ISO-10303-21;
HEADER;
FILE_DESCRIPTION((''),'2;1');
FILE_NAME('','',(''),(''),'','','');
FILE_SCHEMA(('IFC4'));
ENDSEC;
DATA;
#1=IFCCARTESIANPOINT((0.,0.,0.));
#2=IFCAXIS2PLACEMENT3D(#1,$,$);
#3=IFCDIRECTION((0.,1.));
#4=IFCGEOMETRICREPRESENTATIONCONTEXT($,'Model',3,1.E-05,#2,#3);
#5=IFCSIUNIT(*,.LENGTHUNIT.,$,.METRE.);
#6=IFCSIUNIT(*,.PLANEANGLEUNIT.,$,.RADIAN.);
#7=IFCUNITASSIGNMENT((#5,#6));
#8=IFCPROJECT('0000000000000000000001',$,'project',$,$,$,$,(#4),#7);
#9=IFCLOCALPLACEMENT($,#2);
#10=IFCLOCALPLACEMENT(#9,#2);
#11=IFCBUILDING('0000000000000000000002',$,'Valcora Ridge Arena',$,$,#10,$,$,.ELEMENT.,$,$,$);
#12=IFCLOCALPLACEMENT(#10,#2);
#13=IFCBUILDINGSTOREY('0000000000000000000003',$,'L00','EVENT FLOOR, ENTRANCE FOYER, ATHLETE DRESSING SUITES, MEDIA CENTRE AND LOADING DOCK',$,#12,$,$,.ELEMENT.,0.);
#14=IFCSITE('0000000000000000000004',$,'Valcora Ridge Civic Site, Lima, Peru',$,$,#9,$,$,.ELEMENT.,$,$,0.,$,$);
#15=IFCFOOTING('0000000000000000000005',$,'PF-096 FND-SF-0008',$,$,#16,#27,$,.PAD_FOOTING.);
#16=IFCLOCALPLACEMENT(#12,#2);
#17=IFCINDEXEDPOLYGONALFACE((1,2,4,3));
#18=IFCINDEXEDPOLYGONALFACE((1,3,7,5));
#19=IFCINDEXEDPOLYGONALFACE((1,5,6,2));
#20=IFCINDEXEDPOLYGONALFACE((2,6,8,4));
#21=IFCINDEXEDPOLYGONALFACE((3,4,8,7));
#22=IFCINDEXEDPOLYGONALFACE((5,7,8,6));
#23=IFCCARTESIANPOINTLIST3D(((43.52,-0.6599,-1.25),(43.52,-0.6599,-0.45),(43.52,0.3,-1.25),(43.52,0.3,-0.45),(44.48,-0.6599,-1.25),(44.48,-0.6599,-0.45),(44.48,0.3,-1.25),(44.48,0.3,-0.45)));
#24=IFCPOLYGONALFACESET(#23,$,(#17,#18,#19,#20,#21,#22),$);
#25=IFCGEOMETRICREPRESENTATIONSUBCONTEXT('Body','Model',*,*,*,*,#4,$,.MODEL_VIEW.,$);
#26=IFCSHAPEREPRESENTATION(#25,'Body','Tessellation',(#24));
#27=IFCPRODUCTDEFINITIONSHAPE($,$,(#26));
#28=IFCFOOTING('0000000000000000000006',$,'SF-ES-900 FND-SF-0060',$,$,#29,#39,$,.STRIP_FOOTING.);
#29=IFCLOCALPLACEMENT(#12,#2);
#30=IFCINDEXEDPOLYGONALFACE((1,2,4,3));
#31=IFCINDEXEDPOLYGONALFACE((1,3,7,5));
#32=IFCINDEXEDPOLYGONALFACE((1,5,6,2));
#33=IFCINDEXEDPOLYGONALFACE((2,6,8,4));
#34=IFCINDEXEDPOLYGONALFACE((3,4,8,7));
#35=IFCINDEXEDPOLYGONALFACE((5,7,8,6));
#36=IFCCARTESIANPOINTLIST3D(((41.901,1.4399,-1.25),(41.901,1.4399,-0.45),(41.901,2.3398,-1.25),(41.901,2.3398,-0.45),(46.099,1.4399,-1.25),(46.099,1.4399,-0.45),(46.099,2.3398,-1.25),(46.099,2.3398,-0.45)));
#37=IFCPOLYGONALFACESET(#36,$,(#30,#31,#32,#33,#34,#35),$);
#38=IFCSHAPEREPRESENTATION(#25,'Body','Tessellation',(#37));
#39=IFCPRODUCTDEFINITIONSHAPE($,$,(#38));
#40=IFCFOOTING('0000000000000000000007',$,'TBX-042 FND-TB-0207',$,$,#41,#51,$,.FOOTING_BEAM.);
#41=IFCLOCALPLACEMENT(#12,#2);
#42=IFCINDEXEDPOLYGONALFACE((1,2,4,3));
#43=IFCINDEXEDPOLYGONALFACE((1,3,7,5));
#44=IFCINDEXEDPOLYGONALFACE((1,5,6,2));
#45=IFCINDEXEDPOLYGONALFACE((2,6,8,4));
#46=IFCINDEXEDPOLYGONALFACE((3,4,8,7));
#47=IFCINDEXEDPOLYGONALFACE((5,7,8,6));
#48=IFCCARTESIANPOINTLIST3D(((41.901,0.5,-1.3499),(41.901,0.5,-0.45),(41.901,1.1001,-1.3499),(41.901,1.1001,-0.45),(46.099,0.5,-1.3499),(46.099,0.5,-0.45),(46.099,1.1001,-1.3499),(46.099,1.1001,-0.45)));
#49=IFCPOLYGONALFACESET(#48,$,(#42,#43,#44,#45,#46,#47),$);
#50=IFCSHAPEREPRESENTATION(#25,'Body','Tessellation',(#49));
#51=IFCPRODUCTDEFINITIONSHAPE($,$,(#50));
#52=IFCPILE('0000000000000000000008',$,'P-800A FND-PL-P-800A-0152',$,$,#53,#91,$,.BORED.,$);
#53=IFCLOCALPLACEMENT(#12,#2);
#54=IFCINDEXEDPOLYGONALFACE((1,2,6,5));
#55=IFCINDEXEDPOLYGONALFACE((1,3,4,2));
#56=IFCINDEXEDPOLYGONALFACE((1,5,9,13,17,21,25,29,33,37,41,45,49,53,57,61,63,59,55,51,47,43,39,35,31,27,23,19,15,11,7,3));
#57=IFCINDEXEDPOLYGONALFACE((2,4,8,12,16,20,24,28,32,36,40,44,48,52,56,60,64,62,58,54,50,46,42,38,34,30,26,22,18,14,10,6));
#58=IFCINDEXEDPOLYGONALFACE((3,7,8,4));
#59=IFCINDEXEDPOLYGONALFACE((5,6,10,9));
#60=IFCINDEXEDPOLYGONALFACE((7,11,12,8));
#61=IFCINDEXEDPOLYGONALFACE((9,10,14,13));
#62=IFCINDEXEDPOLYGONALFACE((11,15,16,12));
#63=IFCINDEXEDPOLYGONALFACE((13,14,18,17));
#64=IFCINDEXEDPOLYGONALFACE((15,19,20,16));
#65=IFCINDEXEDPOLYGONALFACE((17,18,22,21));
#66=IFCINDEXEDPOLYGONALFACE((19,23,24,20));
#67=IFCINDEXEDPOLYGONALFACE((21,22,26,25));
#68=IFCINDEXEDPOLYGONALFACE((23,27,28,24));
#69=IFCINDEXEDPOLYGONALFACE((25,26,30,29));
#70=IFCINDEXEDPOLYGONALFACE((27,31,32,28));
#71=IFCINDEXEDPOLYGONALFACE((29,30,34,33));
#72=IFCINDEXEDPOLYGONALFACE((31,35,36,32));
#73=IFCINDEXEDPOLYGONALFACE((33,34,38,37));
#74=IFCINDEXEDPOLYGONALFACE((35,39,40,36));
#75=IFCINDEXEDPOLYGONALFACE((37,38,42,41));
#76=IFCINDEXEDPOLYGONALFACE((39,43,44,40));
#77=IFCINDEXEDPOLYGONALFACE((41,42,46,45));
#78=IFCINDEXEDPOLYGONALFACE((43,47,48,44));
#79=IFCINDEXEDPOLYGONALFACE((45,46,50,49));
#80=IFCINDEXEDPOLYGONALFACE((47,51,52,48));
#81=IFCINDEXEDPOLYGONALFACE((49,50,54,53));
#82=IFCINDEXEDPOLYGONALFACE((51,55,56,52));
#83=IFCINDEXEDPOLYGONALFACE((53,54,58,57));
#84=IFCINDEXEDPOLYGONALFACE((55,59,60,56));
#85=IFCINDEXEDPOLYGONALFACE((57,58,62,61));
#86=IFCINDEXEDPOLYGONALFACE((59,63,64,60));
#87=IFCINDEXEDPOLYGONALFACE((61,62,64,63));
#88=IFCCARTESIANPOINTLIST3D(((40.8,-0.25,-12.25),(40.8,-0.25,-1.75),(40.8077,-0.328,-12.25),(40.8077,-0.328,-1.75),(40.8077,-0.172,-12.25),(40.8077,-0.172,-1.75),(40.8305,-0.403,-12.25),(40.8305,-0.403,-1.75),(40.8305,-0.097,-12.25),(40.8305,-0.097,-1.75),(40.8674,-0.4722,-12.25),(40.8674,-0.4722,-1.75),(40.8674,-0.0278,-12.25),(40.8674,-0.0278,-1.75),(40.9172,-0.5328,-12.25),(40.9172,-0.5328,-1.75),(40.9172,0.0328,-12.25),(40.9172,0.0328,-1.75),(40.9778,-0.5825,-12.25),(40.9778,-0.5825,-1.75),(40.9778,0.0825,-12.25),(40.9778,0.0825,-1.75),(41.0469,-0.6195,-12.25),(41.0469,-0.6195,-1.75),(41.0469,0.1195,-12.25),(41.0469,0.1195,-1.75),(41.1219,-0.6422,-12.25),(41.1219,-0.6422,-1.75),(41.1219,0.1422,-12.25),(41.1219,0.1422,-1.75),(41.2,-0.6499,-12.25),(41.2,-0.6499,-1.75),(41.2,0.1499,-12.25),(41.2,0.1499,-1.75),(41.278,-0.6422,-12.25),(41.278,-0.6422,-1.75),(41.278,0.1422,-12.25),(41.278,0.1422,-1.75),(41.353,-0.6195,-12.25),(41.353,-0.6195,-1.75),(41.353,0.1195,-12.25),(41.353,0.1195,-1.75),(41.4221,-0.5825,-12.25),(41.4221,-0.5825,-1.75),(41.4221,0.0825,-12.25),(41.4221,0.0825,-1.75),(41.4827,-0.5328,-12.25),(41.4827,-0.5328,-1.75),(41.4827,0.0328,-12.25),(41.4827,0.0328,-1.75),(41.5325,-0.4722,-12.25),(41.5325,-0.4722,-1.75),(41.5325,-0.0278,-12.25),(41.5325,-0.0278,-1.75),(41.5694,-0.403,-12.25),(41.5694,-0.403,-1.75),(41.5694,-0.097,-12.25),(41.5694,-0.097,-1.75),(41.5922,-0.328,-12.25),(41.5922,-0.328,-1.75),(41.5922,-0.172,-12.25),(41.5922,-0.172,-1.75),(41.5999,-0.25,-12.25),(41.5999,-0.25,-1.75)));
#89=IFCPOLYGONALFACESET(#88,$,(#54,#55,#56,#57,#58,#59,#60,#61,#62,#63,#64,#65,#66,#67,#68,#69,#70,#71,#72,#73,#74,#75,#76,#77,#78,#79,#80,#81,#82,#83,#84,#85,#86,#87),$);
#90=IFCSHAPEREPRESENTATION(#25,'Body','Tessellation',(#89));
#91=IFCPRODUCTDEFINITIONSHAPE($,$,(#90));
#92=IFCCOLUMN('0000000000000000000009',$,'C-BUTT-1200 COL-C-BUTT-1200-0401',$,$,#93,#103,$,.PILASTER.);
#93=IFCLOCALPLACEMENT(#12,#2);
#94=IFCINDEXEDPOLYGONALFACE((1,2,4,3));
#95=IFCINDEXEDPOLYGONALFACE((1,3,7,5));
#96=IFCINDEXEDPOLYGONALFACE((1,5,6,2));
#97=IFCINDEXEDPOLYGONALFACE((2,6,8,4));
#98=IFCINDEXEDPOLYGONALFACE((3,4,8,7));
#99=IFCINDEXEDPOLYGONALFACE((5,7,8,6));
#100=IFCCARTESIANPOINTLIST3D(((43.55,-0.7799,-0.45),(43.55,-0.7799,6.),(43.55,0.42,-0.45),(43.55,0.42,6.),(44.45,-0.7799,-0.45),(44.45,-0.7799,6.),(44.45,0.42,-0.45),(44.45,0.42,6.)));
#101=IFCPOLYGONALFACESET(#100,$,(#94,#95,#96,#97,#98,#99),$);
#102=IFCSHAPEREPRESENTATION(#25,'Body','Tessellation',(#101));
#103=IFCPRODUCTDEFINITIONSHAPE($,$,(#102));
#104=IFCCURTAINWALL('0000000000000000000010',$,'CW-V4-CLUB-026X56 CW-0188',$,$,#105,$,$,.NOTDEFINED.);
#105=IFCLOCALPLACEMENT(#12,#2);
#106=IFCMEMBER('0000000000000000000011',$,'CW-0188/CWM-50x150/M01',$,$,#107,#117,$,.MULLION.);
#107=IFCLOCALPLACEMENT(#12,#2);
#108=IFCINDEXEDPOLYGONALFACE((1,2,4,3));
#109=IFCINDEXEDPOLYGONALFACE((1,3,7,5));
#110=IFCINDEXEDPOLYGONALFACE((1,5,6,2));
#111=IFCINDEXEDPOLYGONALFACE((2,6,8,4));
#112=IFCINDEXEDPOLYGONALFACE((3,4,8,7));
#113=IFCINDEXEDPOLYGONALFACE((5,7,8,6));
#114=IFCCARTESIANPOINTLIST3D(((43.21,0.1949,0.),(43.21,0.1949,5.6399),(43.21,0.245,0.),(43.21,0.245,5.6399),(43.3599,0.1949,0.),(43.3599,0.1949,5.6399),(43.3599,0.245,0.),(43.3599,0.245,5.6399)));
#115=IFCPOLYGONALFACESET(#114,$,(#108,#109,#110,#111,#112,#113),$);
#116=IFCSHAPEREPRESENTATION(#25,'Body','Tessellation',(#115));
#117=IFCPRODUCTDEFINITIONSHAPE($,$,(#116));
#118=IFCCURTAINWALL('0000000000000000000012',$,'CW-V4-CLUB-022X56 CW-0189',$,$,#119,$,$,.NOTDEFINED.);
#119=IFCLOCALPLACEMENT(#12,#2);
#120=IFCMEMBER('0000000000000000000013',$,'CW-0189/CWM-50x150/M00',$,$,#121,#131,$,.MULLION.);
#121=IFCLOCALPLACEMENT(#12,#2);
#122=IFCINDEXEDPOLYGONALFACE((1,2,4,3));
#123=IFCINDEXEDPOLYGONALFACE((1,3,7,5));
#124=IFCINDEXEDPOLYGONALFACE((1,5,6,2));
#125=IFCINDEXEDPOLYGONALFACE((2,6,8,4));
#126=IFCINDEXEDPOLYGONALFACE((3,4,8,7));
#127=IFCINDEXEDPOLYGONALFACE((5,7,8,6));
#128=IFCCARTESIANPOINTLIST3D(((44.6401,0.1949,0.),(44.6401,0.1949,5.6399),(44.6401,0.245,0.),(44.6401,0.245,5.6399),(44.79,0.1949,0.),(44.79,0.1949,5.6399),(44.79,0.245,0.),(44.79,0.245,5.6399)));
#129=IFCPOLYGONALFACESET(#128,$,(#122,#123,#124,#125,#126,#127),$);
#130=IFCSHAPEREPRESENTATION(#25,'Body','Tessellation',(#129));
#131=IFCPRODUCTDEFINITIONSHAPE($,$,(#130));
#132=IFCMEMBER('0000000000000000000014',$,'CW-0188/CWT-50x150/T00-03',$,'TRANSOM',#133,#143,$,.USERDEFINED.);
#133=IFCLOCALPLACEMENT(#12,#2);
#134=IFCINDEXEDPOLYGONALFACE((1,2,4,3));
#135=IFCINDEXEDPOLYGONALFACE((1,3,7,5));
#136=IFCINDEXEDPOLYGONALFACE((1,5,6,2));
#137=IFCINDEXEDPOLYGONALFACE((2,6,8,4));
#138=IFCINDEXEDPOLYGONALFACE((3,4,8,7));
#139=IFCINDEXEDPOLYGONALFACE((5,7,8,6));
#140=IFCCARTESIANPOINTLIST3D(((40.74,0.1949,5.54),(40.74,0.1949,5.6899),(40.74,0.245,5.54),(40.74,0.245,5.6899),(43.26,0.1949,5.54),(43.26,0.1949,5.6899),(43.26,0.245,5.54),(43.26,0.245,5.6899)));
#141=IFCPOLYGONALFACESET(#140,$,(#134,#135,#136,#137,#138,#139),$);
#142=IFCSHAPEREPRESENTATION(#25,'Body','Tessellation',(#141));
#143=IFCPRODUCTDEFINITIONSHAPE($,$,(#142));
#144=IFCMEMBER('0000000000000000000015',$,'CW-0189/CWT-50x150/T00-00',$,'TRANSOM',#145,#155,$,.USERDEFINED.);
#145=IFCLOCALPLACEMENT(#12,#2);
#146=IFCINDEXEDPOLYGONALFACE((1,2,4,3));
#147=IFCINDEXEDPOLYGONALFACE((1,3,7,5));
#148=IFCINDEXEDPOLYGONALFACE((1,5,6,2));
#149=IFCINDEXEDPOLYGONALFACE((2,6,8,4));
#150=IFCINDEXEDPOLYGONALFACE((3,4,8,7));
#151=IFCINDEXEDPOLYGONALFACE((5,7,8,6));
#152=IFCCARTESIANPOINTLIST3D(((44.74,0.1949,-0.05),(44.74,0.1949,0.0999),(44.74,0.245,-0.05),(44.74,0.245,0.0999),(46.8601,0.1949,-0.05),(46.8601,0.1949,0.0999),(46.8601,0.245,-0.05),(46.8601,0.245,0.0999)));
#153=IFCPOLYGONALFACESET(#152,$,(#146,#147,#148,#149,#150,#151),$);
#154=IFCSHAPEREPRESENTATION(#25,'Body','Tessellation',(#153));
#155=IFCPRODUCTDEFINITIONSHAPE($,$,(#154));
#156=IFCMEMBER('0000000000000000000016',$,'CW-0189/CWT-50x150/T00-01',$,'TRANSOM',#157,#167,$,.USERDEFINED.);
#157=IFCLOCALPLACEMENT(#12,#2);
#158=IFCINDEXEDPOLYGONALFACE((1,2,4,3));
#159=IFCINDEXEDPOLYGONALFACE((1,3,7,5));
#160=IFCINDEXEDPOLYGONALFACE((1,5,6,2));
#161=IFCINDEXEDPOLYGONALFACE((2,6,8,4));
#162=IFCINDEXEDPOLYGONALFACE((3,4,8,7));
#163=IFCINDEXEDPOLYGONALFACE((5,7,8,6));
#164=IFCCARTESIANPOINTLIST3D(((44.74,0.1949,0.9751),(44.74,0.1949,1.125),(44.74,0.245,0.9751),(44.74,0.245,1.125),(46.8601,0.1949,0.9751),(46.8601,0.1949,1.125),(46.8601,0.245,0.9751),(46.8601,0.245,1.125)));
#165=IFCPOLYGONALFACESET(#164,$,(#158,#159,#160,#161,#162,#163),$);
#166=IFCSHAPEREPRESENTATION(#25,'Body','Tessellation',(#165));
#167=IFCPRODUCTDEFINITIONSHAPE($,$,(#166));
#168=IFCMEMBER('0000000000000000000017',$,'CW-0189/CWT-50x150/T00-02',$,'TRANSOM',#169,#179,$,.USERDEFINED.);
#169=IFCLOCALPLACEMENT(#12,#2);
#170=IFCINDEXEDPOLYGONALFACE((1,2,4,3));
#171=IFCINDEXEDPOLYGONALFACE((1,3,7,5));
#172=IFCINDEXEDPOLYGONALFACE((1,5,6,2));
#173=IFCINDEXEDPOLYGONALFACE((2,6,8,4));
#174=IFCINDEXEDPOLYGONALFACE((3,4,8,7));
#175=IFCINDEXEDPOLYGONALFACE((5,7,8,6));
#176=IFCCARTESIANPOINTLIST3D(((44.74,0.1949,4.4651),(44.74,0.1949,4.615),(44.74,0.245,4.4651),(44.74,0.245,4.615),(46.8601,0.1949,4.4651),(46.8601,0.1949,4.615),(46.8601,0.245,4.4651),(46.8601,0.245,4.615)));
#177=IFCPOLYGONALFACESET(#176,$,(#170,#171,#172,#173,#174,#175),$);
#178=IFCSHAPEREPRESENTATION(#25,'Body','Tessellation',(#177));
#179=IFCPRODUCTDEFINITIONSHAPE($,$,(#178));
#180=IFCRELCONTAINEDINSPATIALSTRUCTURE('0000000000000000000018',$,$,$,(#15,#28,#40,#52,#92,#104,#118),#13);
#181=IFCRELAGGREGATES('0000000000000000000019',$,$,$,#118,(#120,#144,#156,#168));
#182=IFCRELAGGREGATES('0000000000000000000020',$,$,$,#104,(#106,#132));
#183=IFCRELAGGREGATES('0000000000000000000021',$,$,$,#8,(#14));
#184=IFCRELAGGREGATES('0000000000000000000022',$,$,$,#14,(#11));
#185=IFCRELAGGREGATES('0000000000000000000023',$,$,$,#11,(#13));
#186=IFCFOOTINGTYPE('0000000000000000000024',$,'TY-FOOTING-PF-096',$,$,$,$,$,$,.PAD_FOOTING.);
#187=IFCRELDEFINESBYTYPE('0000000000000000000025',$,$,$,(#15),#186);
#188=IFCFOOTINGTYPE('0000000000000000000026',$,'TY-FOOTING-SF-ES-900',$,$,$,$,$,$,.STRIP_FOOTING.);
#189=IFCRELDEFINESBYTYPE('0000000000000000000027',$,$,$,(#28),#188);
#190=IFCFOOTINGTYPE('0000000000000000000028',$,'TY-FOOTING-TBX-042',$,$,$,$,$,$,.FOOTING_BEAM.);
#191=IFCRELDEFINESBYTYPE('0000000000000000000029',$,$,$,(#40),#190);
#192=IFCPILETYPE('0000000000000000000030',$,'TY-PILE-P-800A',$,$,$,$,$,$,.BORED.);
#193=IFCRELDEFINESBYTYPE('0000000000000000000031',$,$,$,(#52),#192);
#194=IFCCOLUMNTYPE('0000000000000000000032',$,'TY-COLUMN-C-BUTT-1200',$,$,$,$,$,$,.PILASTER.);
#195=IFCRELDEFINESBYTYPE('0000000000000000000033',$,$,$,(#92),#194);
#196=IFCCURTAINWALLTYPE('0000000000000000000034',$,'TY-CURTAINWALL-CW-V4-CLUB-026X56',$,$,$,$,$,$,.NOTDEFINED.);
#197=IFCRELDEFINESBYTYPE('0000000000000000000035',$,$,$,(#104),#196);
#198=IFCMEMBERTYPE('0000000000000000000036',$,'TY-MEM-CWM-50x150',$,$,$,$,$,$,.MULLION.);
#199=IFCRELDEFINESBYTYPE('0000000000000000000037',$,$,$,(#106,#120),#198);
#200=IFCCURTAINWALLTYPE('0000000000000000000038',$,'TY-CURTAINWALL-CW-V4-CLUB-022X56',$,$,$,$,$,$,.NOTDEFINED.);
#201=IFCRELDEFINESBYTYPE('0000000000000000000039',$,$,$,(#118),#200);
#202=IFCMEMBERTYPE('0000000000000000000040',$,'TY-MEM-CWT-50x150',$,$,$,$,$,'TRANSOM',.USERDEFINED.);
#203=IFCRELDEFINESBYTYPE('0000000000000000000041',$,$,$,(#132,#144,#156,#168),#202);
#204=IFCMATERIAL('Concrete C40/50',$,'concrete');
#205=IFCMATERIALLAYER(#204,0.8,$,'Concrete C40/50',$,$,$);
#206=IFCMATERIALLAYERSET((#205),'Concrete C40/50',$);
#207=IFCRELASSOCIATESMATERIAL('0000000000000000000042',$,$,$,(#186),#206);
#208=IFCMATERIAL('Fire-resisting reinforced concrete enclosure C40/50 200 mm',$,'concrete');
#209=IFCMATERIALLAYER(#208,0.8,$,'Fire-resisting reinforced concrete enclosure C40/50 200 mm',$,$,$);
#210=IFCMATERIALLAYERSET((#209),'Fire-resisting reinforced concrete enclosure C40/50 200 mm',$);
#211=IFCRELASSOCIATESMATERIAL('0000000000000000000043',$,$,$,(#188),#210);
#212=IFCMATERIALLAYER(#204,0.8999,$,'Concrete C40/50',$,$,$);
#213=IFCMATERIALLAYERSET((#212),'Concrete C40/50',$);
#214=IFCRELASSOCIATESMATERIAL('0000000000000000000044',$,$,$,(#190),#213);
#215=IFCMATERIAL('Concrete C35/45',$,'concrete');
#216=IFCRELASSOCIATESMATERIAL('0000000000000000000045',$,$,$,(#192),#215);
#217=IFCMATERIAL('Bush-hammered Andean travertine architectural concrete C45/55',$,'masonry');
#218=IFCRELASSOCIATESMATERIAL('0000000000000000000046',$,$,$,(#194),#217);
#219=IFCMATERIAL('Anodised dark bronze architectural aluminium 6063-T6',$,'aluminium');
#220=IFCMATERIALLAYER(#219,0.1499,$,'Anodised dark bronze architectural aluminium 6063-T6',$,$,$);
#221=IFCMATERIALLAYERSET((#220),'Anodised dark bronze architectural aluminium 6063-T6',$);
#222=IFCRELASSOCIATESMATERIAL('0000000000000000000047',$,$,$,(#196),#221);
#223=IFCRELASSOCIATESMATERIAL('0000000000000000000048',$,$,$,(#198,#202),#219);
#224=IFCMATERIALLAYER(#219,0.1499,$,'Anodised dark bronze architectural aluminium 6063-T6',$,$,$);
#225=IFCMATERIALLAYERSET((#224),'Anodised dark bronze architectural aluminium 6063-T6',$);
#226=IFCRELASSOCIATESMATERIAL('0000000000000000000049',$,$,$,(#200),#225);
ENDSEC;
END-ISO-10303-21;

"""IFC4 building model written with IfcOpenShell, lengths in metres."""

from ifc_helpers import new_model, si_unit, direction, frame, origin, origin_2d, place, context, subcontext, project, spatial, rectangle, circle, extrude, material, layer, layer_set, material_profile, profile_set, type_object, element, aggregate, save


model = new_model("IFC4")

# Units and contexts
model_context = context("Model", 3, precision=1e-05, world=origin(), true_north=direction((0.0, 1.0)))
body_context = subcontext(model_context, "Body", "Model", "MODEL_VIEW")
ifc_project = project(units=[si_unit("LENGTHUNIT", "METRE"), si_unit("PLANEANGLEUNIT", "RADIAN")], contexts=[model_context])

# Site, building, storey
site_placement = place(None, origin())
site = spatial("IfcSite", under=ifc_project, at=site_placement, Name="Valcora Ridge Civic Site, Lima, Peru", CompositionType="ELEMENT", RefElevation=0.0)
building_placement = place(site_placement, origin())
building = spatial("IfcBuilding", under=site, at=building_placement, Name="Valcora Ridge Arena", CompositionType="ELEMENT")
storey_placement = place(building_placement, origin())
storey = spatial("IfcBuildingStorey", under=building, at=storey_placement, Name="L00", Description="EVENT FLOOR, ENTRANCE FOYER, ATHLETE DRESSING SUITES, MEDIA CENTRE AND LOADING DOCK", CompositionType="ELEMENT", Elevation=0.0)

# Footings
ifc_material_1 = material(Name="Concrete C40/50", Category="concrete")
ifc_layer_1 = layer(ifc_material_1, 0.8, Name="Concrete C40/50")
ifc_layer_set_1 = layer_set([ifc_layer_1], Name="Concrete C40/50")
footing_type_1 = type_object("IfcFootingType", Name="TY-FOOTING-PF-096", PredefinedType="PAD_FOOTING", material=ifc_layer_set_1)
footing_1_placement = place(storey_placement, frame((44.0, -0.1799, -1.25), z_axis=(0.0, 0.0, 1.0), x_axis=(1.0, 0.0, 0.0)))
element("IfcFooting", 1, at=footing_1_placement, inside=storey, type_object=footing_type_1, Name="PF-096 FND-SF-0008", PredefinedType="PAD_FOOTING", context=body_context, shape_type="SweptSolid", body=[
    extrude(rectangle(XDim=0.96, YDim=0.96, at=origin_2d()), origin(), (0.0, 0.0, 1.0), 0.8),
])
ifc_material_2 = material(Name="Fire-resisting reinforced concrete enclosure C40/50 200 mm", Category="concrete")
ifc_layer_2 = layer(ifc_material_2, 0.8, Name="Fire-resisting reinforced concrete enclosure C40/50 200 mm")
ifc_layer_set_2 = layer_set([ifc_layer_2], Name="Fire-resisting reinforced concrete enclosure C40/50 200 mm")
footing_type_2 = type_object("IfcFootingType", Name="TY-FOOTING-SF-ES-900", PredefinedType="STRIP_FOOTING", material=ifc_layer_set_2)
footing_2_placement = place(storey_placement, frame((44.0, 1.8899, -1.25), z_axis=(0.0, 0.0, 1.0), x_axis=(1.0, 0.0, 0.0)))
element("IfcFooting", 2, at=footing_2_placement, inside=storey, type_object=footing_type_2, Name="SF-ES-900 FND-SF-0060", PredefinedType="STRIP_FOOTING", context=body_context, shape_type="SweptSolid", body=[
    extrude(rectangle(XDim=4.198, YDim=0.8999, at=origin_2d()), origin(), (0.0, 0.0, 1.0), 0.8),
])
ifc_layer_3 = layer(ifc_material_1, 0.8999, Name="Concrete C40/50")
ifc_layer_set_3 = layer_set([ifc_layer_3], Name="Concrete C40/50")
footing_type_3 = type_object("IfcFootingType", Name="TY-FOOTING-TBX-042", PredefinedType="FOOTING_BEAM", material=ifc_layer_set_3)
footing_3_placement = place(storey_placement, frame((44.0, 0.8, -1.3499), z_axis=(0.0, 0.0, 1.0), x_axis=(1.0, 0.0, 0.0)))
element("IfcFooting", 3, at=footing_3_placement, inside=storey, type_object=footing_type_3, Name="TBX-042 FND-TB-0207", PredefinedType="FOOTING_BEAM", context=body_context, shape_type="SweptSolid", body=[
    extrude(rectangle(XDim=4.198, YDim=0.6001, at=origin_2d()), origin(), (0.0, 0.0, 1.0), 0.8999),
])

# Pile
ifc_material_3 = material(Name="Concrete C35/45", Category="concrete")
ifc_material_profile_1 = material_profile(ifc_material_3, circle(Radius=0.3999, at=origin_2d()), Name="BORED PILE D800")
ifc_profile_set_1 = profile_set([ifc_material_profile_1], Name="Concrete C35/45")
pile_type = type_object("IfcPileType", Name="TY-PILE-P-800A", PredefinedType="BORED", material=ifc_profile_set_1)
pile_placement = place(storey_placement, frame((41.2, -0.25, -1.75), z_axis=(0.0, 0.0, -1.0), x_axis=(1.0, 0.0, 0.0)))
element("IfcPile", 4, at=pile_placement, inside=storey, type_object=pile_type, Name="P-800A FND-PL-P-800A-0152", PredefinedType="BORED", context=body_context, shape_type="SweptSolid", body=[
    extrude(circle(Radius=0.3999, at=origin_2d()), origin(), (0.0, 0.0, 1.0), 10.5),
])

# Column
ifc_material_4 = material(Name="Bush-hammered Andean travertine architectural concrete C45/55", Category="masonry")
ifc_material_profile_2 = material_profile(ifc_material_4, rectangle(XDim=0.8999, YDim=1.2, at=origin_2d()), Name="RC 900x1200")
ifc_profile_set_2 = profile_set([ifc_material_profile_2], Name="Bush-hammered Andean travertine architectural concrete C45/55")
column_type = type_object("IfcColumnType", Name="TY-COLUMN-C-BUTT-1200", PredefinedType="PILASTER", material=ifc_profile_set_2)
column_placement = place(storey_placement, frame((44.0, -0.1799, -0.45), z_axis=(0.0, 0.0, 1.0), x_axis=(1.0, 0.0, 0.0)))
element("IfcColumn", 5, at=column_placement, inside=storey, type_object=column_type, Name="C-BUTT-1200 COL-C-BUTT-1200-0401", PredefinedType="PILASTER", context=body_context, shape_type="SweptSolid", body=[
    extrude(rectangle(XDim=0.8999, YDim=1.2, at=origin_2d()), origin(), (0.0, 0.0, 1.0), 6.45),
])

# Curtain walls, members
ifc_material_5 = material(Name="Anodised dark bronze architectural aluminium 6063-T6", Category="aluminium")
ifc_layer_4 = layer(ifc_material_5, 0.1499, Name="Anodised dark bronze architectural aluminium 6063-T6")
ifc_layer_set_4 = layer_set([ifc_layer_4], Name="Anodised dark bronze architectural aluminium 6063-T6")
curtain_wall_type_1 = type_object("IfcCurtainWallType", Name="TY-CURTAINWALL-CW-V4-CLUB-026X56", PredefinedType="NOTDEFINED", material=ifc_layer_set_4)
curtain_wall_1_placement = place(storey_placement, origin())
curtain_wall_1 = element("IfcCurtainWall", 6, at=curtain_wall_1_placement, inside=storey, type_object=curtain_wall_type_1, Name="CW-V4-CLUB-026X56 CW-0188", PredefinedType="NOTDEFINED")
ifc_material_profile_3 = material_profile(ifc_material_5, rectangle(XDim=0.05, YDim=0.1499, at=origin_2d()), Name="ALU MULLION 50x150")
ifc_profile_set_3 = profile_set([ifc_material_profile_3], Name="Anodised dark bronze architectural aluminium 6063-T6")
member_type_1 = type_object("IfcMemberType", Name="TY-MEM-CWM-50x150", PredefinedType="MULLION", material=ifc_profile_set_3)
member_1_placement = place(storey_placement, frame((43.2849, 0.22, 0.0), z_axis=(0.0, 0.0, 1.0), x_axis=(0.0, 1.0, 0.0)))
member_1 = element("IfcMember", 7, at=member_1_placement, type_object=member_type_1, Name="CW-0188/CWM-50x150/M01", PredefinedType="MULLION", context=body_context, shape_type="SweptSolid", body=[
    extrude(rectangle(XDim=0.05, YDim=0.1499, at=origin_2d()), origin(), (0.0, 0.0, 1.0), 5.6399),
])
ifc_layer_5 = layer(ifc_material_5, 0.1499, Name="Anodised dark bronze architectural aluminium 6063-T6")
ifc_layer_set_5 = layer_set([ifc_layer_5], Name="Anodised dark bronze architectural aluminium 6063-T6")
curtain_wall_type_2 = type_object("IfcCurtainWallType", Name="TY-CURTAINWALL-CW-V4-CLUB-022X56", PredefinedType="NOTDEFINED", material=ifc_layer_set_5)
curtain_wall_2_placement = place(storey_placement, origin())
curtain_wall_2 = element("IfcCurtainWall", 8, at=curtain_wall_2_placement, inside=storey, type_object=curtain_wall_type_2, Name="CW-V4-CLUB-022X56 CW-0189", PredefinedType="NOTDEFINED")
member_2_placement = place(storey_placement, frame((44.7151, 0.22, 0.0), z_axis=(0.0, 0.0, 1.0), x_axis=(0.0, 1.0, 0.0)))
member_2 = element("IfcMember", 9, at=member_2_placement, type_object=member_type_1, Name="CW-0189/CWM-50x150/M00", PredefinedType="MULLION", context=body_context, shape_type="SweptSolid", body=[
    extrude(rectangle(XDim=0.05, YDim=0.1499, at=origin_2d()), origin(), (0.0, 0.0, 1.0), 5.6399),
])

# Members
ifc_material_profile_4 = material_profile(ifc_material_5, rectangle(XDim=0.05, YDim=0.1499, at=origin_2d()), Name="ALU TRANSOM 50x150")
ifc_profile_set_4 = profile_set([ifc_material_profile_4], Name="Anodised dark bronze architectural aluminium 6063-T6")
member_type_2 = type_object("IfcMemberType", Name="TY-MEM-CWT-50x150", ElementType="TRANSOM", PredefinedType="USERDEFINED", material=ifc_profile_set_4)
member_3_placement = place(storey_placement, frame((40.74, 0.22, 5.615), z_axis=(1.0, 0.0, 0.0), x_axis=(0.0, 1.0, 0.0)))
member_3 = element("IfcMember", 10, at=member_3_placement, type_object=member_type_2, Name="CW-0188/CWT-50x150/T00-03", ObjectType="TRANSOM", PredefinedType="USERDEFINED", context=body_context, shape_type="SweptSolid", body=[
    extrude(rectangle(XDim=0.05, YDim=0.1499, at=origin_2d()), origin(), (0.0, 0.0, 1.0), 2.52),
])
member_4_placement = place(storey_placement, frame((44.74, 0.22, 0.0249), z_axis=(1.0, 0.0, 0.0), x_axis=(0.0, 1.0, 0.0)))
member_4 = element("IfcMember", 11, at=member_4_placement, type_object=member_type_2, Name="CW-0189/CWT-50x150/T00-00", ObjectType="TRANSOM", PredefinedType="USERDEFINED", context=body_context, shape_type="SweptSolid", body=[
    extrude(rectangle(XDim=0.05, YDim=0.1499, at=origin_2d()), origin(), (0.0, 0.0, 1.0), 2.1201),
])
member_5_placement = place(storey_placement, frame((44.74, 0.22, 1.05), z_axis=(1.0, 0.0, 0.0), x_axis=(0.0, 1.0, 0.0)))
member_5 = element("IfcMember", 12, at=member_5_placement, type_object=member_type_2, Name="CW-0189/CWT-50x150/T00-01", ObjectType="TRANSOM", PredefinedType="USERDEFINED", context=body_context, shape_type="SweptSolid", body=[
    extrude(rectangle(XDim=0.05, YDim=0.1499, at=origin_2d()), origin(), (0.0, 0.0, 1.0), 2.1201),
])
member_6_placement = place(storey_placement, frame((44.74, 0.22, 4.54), z_axis=(1.0, 0.0, 0.0), x_axis=(0.0, 1.0, 0.0)))
member_6 = element("IfcMember", 13, at=member_6_placement, type_object=member_type_2, Name="CW-0189/CWT-50x150/T00-02", ObjectType="TRANSOM", PredefinedType="USERDEFINED", context=body_context, shape_type="SweptSolid", body=[
    extrude(rectangle(XDim=0.05, YDim=0.1499, at=origin_2d()), origin(), (0.0, 0.0, 1.0), 2.1201),
])

aggregate(curtain_wall_2, [member_2, member_4, member_5, member_6])
aggregate(curtain_wall_1, [member_1, member_3])

save(model, "model.ifc")
